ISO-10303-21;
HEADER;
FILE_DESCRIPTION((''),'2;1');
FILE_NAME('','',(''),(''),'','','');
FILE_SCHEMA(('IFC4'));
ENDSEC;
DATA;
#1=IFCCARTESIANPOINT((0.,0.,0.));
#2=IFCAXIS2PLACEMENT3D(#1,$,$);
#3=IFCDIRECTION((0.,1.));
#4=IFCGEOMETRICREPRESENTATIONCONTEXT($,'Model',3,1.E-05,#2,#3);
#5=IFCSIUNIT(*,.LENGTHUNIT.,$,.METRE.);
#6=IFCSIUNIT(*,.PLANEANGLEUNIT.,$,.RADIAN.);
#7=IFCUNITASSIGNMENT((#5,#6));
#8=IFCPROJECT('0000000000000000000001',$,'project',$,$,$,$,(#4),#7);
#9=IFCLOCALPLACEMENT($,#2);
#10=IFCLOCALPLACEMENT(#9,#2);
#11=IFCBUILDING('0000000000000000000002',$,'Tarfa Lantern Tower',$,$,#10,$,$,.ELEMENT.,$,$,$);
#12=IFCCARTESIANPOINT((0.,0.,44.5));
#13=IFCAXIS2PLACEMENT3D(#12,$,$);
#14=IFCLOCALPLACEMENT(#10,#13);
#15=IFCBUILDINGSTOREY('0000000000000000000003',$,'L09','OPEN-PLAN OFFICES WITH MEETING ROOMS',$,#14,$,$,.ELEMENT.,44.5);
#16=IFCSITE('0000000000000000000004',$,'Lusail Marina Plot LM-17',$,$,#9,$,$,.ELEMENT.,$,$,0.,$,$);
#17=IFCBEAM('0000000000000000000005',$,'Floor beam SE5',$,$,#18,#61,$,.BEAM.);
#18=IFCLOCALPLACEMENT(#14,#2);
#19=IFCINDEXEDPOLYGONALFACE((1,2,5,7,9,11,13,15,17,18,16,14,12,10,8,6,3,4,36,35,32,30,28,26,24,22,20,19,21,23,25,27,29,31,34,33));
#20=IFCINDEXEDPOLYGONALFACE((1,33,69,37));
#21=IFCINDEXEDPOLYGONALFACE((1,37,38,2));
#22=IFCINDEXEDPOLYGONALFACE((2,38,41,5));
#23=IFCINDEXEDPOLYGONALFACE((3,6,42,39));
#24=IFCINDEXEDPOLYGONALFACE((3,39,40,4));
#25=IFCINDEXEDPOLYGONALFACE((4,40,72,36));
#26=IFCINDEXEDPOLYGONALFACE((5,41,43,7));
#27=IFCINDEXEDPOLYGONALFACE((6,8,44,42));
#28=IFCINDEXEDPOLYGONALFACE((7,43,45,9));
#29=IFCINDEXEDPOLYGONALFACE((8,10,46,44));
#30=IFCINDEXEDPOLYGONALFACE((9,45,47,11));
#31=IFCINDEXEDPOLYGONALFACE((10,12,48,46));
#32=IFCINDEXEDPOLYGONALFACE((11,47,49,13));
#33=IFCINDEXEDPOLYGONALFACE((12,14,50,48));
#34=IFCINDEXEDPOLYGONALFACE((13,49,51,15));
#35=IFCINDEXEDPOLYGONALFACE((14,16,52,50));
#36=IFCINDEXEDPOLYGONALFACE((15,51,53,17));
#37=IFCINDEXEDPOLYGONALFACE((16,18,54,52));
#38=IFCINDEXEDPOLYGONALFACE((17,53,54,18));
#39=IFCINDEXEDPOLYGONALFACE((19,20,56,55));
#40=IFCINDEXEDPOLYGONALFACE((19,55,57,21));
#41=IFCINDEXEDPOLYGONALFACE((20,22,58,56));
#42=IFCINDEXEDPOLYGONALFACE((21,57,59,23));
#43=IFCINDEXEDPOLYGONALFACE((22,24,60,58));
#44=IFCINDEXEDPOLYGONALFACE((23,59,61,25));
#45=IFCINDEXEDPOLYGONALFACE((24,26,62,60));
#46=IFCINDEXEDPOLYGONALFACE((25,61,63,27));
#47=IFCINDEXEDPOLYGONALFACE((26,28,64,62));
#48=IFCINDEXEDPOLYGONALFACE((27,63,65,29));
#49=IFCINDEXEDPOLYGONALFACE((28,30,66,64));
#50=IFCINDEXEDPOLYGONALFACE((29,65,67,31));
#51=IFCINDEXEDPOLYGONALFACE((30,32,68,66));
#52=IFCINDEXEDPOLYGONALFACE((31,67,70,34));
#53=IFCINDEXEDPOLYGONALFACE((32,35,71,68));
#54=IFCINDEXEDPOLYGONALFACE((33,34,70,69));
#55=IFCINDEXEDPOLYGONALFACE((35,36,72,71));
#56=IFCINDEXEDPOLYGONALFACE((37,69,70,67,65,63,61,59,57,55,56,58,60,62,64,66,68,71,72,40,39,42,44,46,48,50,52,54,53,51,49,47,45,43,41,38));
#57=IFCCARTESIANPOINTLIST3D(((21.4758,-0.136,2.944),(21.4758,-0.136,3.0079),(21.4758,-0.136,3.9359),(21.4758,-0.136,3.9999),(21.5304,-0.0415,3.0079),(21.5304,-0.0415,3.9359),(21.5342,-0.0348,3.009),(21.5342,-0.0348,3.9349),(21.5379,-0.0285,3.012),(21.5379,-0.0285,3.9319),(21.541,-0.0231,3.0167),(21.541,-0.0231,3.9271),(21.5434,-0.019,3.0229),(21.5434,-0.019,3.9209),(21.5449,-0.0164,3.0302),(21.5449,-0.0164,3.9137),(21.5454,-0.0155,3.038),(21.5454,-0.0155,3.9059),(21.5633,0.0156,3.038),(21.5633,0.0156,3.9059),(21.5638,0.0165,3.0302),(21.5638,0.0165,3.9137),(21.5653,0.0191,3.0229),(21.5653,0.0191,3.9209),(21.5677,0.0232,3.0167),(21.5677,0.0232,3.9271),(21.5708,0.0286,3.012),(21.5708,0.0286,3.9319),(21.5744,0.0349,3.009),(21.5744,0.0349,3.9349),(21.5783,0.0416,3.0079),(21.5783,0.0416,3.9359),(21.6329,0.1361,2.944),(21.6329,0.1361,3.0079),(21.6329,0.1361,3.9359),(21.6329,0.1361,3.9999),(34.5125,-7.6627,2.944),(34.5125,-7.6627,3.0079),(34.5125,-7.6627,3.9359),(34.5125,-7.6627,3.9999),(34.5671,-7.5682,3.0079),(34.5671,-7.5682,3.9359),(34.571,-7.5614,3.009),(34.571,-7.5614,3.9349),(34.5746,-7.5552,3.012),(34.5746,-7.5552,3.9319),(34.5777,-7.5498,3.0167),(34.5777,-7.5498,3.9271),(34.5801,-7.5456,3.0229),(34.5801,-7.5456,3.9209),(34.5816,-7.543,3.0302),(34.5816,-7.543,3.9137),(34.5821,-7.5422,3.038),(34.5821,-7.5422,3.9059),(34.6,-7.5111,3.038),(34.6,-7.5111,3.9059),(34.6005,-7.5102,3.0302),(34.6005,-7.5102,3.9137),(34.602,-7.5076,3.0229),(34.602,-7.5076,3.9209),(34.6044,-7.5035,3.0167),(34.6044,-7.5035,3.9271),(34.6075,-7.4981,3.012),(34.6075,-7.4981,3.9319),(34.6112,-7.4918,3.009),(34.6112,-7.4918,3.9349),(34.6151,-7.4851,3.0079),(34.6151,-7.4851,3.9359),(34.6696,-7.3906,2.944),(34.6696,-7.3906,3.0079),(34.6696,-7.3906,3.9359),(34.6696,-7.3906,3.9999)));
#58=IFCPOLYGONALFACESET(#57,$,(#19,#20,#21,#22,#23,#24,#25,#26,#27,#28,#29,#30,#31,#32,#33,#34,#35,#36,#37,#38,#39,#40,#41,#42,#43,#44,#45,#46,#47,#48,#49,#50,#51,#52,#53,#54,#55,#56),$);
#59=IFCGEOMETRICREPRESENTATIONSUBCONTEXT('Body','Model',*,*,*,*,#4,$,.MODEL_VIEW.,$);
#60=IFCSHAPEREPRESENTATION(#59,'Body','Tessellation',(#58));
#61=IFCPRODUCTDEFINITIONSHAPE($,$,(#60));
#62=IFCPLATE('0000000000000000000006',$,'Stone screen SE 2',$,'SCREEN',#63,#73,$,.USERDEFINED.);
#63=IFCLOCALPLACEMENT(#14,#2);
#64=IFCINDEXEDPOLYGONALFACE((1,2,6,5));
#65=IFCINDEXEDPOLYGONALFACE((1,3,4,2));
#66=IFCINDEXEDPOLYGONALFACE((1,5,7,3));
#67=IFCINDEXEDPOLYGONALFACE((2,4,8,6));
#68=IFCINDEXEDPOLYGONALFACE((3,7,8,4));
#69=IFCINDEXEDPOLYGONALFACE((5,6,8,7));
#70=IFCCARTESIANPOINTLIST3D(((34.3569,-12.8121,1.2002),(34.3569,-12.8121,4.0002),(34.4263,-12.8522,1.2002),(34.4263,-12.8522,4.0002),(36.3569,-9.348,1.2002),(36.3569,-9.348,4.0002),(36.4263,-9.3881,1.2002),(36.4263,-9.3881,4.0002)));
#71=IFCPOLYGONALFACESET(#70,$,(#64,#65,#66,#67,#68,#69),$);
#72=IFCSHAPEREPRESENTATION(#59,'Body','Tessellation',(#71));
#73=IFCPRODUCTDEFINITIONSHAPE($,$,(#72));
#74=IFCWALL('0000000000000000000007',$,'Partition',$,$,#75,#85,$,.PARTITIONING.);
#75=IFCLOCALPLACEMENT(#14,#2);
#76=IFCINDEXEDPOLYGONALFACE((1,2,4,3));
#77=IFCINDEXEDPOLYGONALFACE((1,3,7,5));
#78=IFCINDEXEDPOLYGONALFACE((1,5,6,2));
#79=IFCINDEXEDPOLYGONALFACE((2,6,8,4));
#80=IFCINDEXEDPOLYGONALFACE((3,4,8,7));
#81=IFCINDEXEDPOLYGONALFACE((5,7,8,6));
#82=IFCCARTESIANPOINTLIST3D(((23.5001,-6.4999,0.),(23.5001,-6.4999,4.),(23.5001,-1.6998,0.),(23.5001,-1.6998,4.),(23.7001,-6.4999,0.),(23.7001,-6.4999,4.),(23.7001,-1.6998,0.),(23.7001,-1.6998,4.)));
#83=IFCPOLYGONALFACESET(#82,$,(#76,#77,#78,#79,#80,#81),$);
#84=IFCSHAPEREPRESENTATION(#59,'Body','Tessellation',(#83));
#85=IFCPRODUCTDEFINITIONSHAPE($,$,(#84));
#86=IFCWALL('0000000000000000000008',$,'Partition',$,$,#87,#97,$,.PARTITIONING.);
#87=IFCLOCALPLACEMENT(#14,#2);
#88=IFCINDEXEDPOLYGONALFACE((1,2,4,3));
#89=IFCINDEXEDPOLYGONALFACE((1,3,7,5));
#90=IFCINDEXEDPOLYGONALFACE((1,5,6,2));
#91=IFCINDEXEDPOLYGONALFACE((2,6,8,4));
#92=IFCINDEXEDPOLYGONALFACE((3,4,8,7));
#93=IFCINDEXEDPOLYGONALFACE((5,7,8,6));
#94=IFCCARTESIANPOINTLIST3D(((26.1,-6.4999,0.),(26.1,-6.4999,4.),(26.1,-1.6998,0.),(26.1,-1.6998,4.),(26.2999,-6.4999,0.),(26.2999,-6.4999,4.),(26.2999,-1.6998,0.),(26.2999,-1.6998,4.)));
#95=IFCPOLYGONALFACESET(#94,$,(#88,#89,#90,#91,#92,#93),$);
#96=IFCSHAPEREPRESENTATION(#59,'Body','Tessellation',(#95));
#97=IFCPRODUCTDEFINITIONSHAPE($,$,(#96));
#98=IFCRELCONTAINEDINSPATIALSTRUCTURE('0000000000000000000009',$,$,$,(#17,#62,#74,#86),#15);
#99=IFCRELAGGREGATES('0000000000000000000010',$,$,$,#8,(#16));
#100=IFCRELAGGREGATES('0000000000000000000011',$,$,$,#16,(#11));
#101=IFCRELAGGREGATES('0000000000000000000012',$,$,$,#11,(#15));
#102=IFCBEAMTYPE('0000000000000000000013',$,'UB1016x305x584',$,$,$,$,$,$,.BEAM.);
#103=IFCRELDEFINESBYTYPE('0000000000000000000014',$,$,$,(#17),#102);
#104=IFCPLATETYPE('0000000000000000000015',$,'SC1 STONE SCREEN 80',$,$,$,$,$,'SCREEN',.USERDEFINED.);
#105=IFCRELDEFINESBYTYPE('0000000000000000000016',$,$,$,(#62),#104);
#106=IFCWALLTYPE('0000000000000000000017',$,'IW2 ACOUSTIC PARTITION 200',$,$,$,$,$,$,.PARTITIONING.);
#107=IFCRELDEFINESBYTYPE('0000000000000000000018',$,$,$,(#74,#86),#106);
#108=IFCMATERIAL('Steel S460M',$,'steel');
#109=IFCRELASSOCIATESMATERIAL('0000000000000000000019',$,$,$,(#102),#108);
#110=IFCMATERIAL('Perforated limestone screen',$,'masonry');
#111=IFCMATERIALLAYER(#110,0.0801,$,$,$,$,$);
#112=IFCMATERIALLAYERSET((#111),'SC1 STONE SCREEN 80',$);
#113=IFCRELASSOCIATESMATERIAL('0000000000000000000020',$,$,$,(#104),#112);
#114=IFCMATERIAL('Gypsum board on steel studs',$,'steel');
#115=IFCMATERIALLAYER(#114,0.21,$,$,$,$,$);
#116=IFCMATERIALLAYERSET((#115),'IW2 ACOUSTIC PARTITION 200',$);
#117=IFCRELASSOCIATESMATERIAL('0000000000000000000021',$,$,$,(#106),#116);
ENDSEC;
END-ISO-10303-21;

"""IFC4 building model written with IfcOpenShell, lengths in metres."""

from ifc_helpers import new_model, si_unit, direction, frame, frame_2d, origin, origin_2d, place, context, subcontext, project, spatial, rectangle, i_section, extrude, material, layer, layer_set, material_profile, profile_set, type_object, element, save


model = new_model("IFC4")

# Units and contexts
model_context = context("Model", 3, precision=1e-05, world=origin(), true_north=direction((0.0, 1.0)))
body_context = subcontext(model_context, "Body", "Model", "MODEL_VIEW")
ifc_project = project(units=[si_unit("LENGTHUNIT", "METRE"), si_unit("PLANEANGLEUNIT", "RADIAN")], contexts=[model_context])

# Site, building, storey
site_placement = place(None, origin())
site = spatial("IfcSite", under=ifc_project, at=site_placement, Name="Lusail Marina Plot LM-17", CompositionType="ELEMENT", RefElevation=0.0)
building_placement = place(site_placement, origin())
building = spatial("IfcBuilding", under=site, at=building_placement, Name="Tarfa Lantern Tower", CompositionType="ELEMENT")
storey_placement = place(building_placement, frame((0.0, 0.0, 44.5)))
storey = spatial("IfcBuildingStorey", under=building, at=storey_placement, Name="L09", Description="OPEN-PLAN OFFICES WITH MEETING ROOMS", CompositionType="ELEMENT", Elevation=44.5)

# Beam
ifc_material_1 = material(Name="Steel S460M", Category="steel")
ifc_material_profile_1 = material_profile(ifc_material_1, i_section(OverallWidth=0.3142, OverallDepth=1.0559, WebThickness=0.0359, FlangeThickness=0.064, FilletRadius=0.03, at=origin_2d()), Name="UB1016x305x584")
ifc_profile_set_1 = profile_set([ifc_material_profile_1], Name="Steel S460M")
beam_type_1 = type_object("IfcBeamType", Name="UB1016x305x584", PredefinedType="BEAM", material=ifc_profile_set_1)
beam_1_placement = place(storey_placement, frame((34.5911, -7.5266, 3.4719), z_axis=(-0.866028, 0.499996, 0.0), x_axis=(-0.499996, -0.866028, 0.0)))
element("IfcBeam", 1, at=beam_1_placement, inside=storey, type_object=beam_type_1, Name="Floor beam SE5", PredefinedType="BEAM", context=body_context, shape_type="SweptSolid", body=[
    extrude(i_section(OverallWidth=0.3142, OverallDepth=1.0559, WebThickness=0.0359, FlangeThickness=0.064, FilletRadius=0.03, at=origin_2d()), origin(), (0.0, 0.0, 1.0), 15.0535),
])

# Plate
ifc_material_2 = material(Name="Perforated limestone screen", Category="masonry")
ifc_layer_1 = layer(ifc_material_2, 0.0801)
ifc_layer_set_1 = layer_set([ifc_layer_1], Name="SC1 STONE SCREEN 80")
plate_type = type_object("IfcPlateType", Name="SC1 STONE SCREEN 80", ElementType="SCREEN", PredefinedType="USERDEFINED", material=ifc_layer_set_1)
plate_placement = place(storey_placement, frame((35.3916, -11.1001, 1.2002), z_axis=(0.0, 0.0, 1.0), x_axis=(0.5, 0.866025, 0.0)))
element("IfcPlate", 2, at=plate_placement, inside=storey, type_object=plate_type, Name="Stone screen SE 2", ObjectType="SCREEN", PredefinedType="USERDEFINED", context=body_context, shape_type="SweptSolid", body=[
    extrude(rectangle(XDim=4.0, YDim=0.0801, at=origin_2d()), origin(), (0.0, 0.0, 1.0), 2.8),
])

# Walls
ifc_material_3 = material(Name="Gypsum board on steel studs", Category="steel")
ifc_layer_2 = layer(ifc_material_3, 0.21)
ifc_layer_set_2 = layer_set([ifc_layer_2], Name="IW2 ACOUSTIC PARTITION 200")
wall_type = type_object("IfcWallType", Name="IW2 ACOUSTIC PARTITION 200", PredefinedType="PARTITIONING", material=ifc_layer_set_2)
for number, where, z_axis, x_axis, name in (
    (3, (23.6001, -1.7, 0.0), (0.0, 0.0, 1.0), (0.0, -1.0, 0.0), "Partition"),
    (4, (26.2, -1.7, 0.0), (0.0, 0.0, 1.0), (0.0, -1.0, 0.0), "Partition"),
):
    element("IfcWall", number, at=place(storey_placement, frame(where, z_axis=z_axis, x_axis=x_axis)), inside=storey, type_object=wall_type, Name=name, PredefinedType="PARTITIONING", context=body_context, shape_type="SweptSolid", body=[
        extrude(rectangle(XDim=4.8, YDim=0.2, at=frame_2d((2.3999, 0.0))), origin(), (0.0, 0.0, 1.0), 4.0),
    ])

save(model, "model.ifc")
